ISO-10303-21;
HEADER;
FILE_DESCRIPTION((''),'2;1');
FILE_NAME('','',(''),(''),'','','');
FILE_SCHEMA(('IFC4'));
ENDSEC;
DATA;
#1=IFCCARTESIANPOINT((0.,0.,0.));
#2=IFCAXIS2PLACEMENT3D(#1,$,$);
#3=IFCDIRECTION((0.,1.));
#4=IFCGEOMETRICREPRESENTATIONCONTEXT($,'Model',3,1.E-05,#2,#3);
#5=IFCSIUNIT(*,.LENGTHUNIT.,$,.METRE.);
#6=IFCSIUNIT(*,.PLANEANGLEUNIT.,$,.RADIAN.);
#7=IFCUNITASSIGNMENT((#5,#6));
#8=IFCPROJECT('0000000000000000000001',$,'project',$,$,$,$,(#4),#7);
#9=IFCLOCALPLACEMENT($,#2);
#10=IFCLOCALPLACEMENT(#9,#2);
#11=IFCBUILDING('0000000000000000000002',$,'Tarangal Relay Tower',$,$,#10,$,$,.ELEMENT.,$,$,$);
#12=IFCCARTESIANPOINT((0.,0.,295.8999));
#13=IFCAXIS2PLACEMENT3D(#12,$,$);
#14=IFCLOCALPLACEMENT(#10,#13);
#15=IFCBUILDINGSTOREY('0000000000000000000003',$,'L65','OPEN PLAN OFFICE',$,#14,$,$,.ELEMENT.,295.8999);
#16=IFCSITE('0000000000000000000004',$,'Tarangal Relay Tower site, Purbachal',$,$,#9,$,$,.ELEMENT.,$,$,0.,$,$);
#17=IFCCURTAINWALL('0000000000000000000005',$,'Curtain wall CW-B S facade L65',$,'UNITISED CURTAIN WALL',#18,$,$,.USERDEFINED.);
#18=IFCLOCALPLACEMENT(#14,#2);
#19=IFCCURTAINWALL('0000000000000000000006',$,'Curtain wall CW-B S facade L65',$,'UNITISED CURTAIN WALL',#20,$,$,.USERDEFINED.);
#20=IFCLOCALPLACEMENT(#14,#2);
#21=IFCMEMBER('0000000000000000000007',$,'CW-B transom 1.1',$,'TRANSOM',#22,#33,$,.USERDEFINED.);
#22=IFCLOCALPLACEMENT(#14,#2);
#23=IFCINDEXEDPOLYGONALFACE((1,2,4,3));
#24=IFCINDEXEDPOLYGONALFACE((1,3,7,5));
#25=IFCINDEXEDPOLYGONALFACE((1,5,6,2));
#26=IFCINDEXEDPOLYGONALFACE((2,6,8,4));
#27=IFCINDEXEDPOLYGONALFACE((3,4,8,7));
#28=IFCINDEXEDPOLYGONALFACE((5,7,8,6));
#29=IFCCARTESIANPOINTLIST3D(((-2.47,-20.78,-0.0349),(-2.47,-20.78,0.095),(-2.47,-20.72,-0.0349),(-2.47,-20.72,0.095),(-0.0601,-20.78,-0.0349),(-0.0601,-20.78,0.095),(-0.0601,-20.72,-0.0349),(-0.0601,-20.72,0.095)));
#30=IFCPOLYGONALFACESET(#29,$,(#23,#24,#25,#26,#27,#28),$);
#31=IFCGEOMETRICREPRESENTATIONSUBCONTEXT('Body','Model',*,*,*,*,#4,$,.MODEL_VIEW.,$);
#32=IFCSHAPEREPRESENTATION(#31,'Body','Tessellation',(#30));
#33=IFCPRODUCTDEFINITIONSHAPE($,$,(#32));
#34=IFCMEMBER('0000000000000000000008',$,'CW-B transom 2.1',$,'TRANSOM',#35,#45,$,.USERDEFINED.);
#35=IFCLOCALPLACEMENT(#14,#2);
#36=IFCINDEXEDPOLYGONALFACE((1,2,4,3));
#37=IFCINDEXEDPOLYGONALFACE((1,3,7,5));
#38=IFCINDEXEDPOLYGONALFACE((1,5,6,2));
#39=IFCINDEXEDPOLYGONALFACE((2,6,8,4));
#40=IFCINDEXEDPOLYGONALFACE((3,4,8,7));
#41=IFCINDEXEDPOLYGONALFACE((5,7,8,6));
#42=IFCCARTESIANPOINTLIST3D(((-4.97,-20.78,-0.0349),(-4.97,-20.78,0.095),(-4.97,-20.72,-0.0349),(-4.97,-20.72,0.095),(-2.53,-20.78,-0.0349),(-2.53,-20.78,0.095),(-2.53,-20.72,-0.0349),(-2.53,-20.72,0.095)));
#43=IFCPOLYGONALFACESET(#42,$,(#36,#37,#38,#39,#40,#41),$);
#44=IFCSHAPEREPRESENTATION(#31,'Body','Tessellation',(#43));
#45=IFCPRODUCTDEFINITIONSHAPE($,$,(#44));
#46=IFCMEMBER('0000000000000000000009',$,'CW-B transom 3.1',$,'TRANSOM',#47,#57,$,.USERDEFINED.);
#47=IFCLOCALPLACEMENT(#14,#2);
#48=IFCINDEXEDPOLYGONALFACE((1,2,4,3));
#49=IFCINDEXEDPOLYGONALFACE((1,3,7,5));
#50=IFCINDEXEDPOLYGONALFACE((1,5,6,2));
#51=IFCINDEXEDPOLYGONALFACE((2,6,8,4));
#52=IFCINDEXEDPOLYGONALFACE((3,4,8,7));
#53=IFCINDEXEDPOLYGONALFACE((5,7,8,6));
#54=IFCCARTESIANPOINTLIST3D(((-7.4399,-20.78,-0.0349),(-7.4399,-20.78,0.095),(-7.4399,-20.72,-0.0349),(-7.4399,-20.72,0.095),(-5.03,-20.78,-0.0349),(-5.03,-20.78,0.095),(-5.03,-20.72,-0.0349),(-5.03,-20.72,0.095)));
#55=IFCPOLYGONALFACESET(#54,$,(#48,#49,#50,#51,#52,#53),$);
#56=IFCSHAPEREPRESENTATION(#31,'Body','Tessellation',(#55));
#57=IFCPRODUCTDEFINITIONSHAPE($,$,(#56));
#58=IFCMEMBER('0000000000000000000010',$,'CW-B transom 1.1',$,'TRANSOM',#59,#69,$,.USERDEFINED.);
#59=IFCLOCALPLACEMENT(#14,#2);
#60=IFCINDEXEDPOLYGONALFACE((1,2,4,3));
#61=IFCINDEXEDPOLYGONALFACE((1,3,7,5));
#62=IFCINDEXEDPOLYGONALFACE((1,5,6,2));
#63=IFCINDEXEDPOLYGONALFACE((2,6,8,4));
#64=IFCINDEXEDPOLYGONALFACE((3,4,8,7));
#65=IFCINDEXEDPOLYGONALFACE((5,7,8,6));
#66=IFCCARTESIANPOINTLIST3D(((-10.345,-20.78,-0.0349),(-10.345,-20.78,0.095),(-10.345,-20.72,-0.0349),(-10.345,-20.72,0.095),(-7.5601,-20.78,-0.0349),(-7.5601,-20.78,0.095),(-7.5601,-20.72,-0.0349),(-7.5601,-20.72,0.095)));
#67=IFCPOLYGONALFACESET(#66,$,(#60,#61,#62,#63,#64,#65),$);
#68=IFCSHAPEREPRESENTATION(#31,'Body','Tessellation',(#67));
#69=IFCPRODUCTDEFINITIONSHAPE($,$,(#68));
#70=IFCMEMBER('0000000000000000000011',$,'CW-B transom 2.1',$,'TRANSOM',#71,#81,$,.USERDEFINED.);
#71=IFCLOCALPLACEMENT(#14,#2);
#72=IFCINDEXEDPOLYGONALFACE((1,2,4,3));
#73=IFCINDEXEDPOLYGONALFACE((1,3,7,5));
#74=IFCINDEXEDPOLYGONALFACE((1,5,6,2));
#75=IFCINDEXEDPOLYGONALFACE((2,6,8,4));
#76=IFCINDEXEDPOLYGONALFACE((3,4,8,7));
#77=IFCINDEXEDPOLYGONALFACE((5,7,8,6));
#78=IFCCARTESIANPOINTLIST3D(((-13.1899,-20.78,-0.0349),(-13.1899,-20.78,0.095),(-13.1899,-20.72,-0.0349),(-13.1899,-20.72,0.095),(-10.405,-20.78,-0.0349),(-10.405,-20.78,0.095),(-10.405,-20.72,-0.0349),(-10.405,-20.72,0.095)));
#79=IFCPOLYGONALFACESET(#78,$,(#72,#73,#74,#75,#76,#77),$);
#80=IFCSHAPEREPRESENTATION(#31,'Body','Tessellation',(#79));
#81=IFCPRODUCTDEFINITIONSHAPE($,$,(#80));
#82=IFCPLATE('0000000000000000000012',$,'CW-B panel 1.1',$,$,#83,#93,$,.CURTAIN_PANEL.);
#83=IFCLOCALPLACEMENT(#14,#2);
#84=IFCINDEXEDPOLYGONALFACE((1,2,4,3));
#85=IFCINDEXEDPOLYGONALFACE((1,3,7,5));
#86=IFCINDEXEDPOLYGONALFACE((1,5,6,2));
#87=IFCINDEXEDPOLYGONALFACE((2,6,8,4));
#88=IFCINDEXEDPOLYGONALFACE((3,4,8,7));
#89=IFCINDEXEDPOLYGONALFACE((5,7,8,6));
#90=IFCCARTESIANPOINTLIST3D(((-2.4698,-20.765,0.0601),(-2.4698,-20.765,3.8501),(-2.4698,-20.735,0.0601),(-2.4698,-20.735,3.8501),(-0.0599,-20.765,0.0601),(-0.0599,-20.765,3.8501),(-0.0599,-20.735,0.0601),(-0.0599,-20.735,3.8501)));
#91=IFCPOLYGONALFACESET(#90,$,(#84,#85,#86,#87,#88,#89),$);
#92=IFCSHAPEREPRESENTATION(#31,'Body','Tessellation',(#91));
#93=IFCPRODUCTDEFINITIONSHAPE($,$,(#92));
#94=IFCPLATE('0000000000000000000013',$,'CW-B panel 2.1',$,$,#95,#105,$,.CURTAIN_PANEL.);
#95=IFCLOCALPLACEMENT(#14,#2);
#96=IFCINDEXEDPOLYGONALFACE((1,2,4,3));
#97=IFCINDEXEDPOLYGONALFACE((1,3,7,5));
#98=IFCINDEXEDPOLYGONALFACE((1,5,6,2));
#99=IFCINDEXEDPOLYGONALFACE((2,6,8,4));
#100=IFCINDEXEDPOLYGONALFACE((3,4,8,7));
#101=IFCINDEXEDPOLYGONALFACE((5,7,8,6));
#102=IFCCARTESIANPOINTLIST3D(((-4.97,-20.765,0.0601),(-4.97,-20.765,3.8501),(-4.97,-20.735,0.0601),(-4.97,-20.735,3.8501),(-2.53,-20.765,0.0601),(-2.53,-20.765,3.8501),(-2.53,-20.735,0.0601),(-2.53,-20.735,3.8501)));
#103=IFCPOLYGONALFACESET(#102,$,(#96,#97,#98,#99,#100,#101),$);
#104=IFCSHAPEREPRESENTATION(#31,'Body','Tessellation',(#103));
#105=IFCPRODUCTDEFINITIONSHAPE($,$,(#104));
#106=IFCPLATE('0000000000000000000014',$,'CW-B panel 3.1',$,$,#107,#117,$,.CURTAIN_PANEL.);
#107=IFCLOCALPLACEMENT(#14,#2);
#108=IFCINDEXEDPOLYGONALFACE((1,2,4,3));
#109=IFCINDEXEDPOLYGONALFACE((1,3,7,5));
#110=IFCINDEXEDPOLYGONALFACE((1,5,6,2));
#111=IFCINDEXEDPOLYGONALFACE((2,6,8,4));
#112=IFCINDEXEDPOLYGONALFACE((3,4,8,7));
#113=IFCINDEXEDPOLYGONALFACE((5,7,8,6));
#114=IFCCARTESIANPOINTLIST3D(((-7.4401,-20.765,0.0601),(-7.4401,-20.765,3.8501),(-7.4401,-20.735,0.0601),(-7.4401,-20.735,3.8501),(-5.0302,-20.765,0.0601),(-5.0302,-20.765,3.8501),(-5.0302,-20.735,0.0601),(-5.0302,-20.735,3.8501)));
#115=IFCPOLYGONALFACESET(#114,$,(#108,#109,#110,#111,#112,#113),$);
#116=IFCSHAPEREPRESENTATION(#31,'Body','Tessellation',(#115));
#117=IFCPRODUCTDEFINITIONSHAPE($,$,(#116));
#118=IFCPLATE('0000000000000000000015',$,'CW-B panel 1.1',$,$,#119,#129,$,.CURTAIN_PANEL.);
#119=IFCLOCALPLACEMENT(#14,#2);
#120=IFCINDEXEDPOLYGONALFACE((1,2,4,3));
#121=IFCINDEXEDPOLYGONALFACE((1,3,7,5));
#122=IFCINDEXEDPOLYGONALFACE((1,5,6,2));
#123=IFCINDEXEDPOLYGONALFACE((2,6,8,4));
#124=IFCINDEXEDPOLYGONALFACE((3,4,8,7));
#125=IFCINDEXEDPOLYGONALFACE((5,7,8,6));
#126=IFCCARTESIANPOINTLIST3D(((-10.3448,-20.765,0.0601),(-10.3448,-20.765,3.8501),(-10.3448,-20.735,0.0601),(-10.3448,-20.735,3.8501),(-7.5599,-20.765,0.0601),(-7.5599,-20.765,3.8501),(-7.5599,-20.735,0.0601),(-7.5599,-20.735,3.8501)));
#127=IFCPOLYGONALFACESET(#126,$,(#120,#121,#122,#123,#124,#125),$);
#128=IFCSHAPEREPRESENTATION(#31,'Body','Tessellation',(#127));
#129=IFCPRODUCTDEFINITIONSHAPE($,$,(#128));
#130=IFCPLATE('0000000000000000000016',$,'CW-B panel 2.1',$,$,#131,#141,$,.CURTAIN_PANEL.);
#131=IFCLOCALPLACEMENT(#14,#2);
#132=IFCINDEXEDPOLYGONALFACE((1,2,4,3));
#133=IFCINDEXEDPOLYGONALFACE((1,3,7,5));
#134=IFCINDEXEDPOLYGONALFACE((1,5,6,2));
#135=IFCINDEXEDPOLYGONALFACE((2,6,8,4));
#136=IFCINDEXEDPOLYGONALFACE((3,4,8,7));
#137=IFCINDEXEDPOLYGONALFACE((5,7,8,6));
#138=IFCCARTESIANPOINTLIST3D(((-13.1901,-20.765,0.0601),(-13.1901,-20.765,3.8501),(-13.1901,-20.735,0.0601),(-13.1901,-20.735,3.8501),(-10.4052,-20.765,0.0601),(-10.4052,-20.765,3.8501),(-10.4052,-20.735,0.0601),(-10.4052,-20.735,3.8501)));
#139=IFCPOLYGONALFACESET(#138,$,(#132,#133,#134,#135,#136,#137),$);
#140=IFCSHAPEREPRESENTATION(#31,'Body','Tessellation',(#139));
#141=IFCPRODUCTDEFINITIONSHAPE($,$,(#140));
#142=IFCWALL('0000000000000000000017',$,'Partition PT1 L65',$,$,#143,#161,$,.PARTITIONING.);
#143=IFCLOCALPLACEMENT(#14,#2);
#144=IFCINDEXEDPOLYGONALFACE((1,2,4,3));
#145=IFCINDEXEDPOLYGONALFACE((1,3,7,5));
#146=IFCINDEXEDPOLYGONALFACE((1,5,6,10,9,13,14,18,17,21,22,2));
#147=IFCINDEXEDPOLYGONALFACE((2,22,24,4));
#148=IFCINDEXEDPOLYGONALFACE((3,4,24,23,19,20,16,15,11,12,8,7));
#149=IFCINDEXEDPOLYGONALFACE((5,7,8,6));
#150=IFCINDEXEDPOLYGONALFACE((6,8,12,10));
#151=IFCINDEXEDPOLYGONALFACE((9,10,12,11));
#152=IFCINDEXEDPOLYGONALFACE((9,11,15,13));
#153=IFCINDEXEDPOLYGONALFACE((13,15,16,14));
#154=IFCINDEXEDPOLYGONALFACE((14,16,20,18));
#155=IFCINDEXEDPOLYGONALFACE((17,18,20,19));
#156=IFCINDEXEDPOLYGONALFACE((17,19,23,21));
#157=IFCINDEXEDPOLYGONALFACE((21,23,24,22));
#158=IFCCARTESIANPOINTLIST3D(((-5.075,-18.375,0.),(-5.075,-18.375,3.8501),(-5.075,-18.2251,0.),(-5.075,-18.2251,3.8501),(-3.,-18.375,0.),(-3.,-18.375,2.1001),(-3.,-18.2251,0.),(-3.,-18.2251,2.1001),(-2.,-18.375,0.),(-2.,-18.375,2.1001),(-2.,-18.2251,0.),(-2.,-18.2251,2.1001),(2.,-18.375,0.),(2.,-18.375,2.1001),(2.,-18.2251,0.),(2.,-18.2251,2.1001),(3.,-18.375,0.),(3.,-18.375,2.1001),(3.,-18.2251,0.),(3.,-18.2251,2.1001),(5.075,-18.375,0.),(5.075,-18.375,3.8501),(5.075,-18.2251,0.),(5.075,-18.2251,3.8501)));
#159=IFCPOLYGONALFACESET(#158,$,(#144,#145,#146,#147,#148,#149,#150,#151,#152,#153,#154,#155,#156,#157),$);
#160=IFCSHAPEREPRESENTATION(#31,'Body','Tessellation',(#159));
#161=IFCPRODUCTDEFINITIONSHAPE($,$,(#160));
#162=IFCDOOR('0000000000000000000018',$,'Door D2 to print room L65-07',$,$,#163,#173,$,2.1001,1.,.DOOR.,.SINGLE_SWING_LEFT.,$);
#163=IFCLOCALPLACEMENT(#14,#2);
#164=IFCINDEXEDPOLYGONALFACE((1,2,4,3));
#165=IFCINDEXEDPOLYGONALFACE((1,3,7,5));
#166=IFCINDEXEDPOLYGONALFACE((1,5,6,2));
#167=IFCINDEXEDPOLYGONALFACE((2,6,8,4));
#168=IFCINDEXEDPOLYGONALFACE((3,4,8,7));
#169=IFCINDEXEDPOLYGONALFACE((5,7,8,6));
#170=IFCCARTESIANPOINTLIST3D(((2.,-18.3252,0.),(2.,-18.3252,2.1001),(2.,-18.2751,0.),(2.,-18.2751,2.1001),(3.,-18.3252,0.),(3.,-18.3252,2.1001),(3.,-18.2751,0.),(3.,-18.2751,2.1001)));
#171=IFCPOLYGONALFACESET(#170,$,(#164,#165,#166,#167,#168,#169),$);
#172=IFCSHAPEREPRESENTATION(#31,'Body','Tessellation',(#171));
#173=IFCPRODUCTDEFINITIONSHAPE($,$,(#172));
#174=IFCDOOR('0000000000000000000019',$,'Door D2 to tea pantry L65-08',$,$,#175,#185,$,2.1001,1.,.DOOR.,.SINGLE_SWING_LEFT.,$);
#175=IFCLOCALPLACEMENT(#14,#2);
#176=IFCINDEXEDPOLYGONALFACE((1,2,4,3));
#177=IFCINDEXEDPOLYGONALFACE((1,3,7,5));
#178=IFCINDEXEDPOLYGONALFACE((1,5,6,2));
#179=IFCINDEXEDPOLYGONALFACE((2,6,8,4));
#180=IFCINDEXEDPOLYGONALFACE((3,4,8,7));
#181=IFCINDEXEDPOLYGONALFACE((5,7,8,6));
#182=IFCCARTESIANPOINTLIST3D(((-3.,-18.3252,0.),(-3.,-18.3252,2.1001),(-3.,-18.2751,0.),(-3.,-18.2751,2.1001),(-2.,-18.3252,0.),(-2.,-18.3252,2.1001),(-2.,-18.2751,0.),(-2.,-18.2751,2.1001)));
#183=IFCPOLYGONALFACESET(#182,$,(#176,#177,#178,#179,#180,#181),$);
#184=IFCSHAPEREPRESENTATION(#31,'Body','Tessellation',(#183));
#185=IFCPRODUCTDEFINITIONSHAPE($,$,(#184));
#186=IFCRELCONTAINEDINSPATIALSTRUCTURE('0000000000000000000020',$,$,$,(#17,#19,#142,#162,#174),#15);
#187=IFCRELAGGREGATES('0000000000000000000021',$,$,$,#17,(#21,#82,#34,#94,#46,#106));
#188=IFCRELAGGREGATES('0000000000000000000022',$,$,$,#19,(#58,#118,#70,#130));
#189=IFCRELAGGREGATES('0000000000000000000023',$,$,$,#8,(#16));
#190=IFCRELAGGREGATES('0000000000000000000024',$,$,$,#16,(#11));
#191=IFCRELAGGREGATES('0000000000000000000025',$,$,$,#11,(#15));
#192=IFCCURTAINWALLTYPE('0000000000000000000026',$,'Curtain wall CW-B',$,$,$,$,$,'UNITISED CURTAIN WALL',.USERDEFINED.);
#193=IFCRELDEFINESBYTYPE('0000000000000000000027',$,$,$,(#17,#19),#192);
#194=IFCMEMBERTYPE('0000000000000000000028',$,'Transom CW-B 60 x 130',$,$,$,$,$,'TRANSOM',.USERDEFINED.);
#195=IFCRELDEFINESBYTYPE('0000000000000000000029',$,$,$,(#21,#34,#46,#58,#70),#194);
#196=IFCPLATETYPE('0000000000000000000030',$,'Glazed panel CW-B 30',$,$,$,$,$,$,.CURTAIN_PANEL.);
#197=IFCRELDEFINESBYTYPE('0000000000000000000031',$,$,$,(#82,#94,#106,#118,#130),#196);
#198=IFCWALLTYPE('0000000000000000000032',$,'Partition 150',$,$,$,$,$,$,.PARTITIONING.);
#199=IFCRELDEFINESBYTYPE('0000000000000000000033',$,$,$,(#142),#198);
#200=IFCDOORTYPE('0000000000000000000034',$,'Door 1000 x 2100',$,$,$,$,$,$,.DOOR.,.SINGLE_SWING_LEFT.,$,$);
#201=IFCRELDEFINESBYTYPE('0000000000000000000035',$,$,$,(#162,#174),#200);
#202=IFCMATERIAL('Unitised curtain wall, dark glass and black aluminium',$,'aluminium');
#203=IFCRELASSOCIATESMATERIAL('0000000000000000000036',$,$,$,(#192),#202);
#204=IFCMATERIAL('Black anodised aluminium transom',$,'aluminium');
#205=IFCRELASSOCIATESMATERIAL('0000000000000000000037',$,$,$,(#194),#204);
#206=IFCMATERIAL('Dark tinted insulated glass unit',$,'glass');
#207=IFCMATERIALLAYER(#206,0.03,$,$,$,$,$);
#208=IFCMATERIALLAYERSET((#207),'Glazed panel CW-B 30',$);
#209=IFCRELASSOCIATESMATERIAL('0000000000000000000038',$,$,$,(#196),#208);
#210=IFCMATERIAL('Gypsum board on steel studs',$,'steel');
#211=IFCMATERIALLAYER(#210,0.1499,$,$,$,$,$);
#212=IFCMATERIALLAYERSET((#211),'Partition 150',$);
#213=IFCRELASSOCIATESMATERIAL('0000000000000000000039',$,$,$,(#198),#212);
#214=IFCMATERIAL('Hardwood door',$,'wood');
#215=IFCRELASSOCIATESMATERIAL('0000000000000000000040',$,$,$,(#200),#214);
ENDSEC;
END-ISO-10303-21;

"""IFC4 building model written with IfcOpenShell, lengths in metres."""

from ifc_helpers import new_model, si_unit, direction, frame, frame_2d, origin, origin_2d, place, context, subcontext, project, spatial, rectangle, extrude, material, layer, layer_set, material_profile, profile_set, type_object, element, fill, aggregate, save


model = new_model("IFC4")

# Units and contexts
model_context = context("Model", 3, precision=1e-05, world=origin(), true_north=direction((0.0, 1.0)))
body_context = subcontext(model_context, "Body", "Model", "MODEL_VIEW")
ifc_project = project(units=[si_unit("LENGTHUNIT", "METRE"), si_unit("PLANEANGLEUNIT", "RADIAN")], contexts=[model_context])

# Site, building, storey
site_placement = place(None, origin())
site = spatial("IfcSite", under=ifc_project, at=site_placement, Name="Tarangal Relay Tower site, Purbachal", CompositionType="ELEMENT", RefElevation=0.0)
building_placement = place(site_placement, origin())
building = spatial("IfcBuilding", under=site, at=building_placement, Name="Tarangal Relay Tower", CompositionType="ELEMENT")
storey_placement = place(building_placement, frame((0.0, 0.0, 295.8999)))
storey = spatial("IfcBuildingStorey", under=building, at=storey_placement, Name="L65", Description="OPEN PLAN OFFICE", CompositionType="ELEMENT", Elevation=295.8999)

# Curtain walls
ifc_material_1 = material(Name="Unitised curtain wall, dark glass and black aluminium", Category="aluminium")
curtain_wall_type = type_object("IfcCurtainWallType", Name="Curtain wall CW-B", ElementType="UNITISED CURTAIN WALL", PredefinedType="USERDEFINED", material=ifc_material_1)
curtain_wall_1_placement = place(storey_placement, origin())
curtain_wall_1 = element("IfcCurtainWall", 1, at=curtain_wall_1_placement, inside=storey, type_object=curtain_wall_type, Name="Curtain wall CW-B S facade L65", ObjectType="UNITISED CURTAIN WALL", PredefinedType="USERDEFINED")
curtain_wall_2_placement = place(storey_placement, origin())
curtain_wall_2 = element("IfcCurtainWall", 2, at=curtain_wall_2_placement, inside=storey, type_object=curtain_wall_type, Name="Curtain wall CW-B S facade L65", ObjectType="UNITISED CURTAIN WALL", PredefinedType="USERDEFINED")

# Members
ifc_material_2 = material(Name="Black anodised aluminium transom", Category="aluminium")
ifc_material_profile_1 = material_profile(ifc_material_2, rectangle(XDim=0.0601, YDim=0.1299, at=origin_2d()), Name="CW-BT 60X130")
ifc_profile_set_1 = profile_set([ifc_material_profile_1], Name="Black anodised aluminium transom")
member_type_1 = type_object("IfcMemberType", Name="Transom CW-B 60 x 130", ElementType="TRANSOM", PredefinedType="USERDEFINED", material=ifc_profile_set_1)
member_1_placement = place(storey_placement, frame((-0.0601, -20.75, 0.03), z_axis=(-1.0, 0.0, 0.0), x_axis=(0.0, -1.0, 0.0)))
member_1 = element("IfcMember", 3, at=member_1_placement, type_object=member_type_1, Name="CW-B transom 1.1", ObjectType="TRANSOM", PredefinedType="USERDEFINED", context=body_context, shape_type="SweptSolid", body=[
    extrude(rectangle(XDim=0.0601, YDim=0.1299, at=origin_2d()), origin(), (0.0, 0.0, 1.0), 2.4099),
])
member_2_placement = place(storey_placement, frame((-2.53, -20.75, 0.03), z_axis=(-1.0, 0.0, 0.0), x_axis=(0.0, -1.0, 0.0)))
member_2 = element("IfcMember", 4, at=member_2_placement, type_object=member_type_1, Name="CW-B transom 2.1", ObjectType="TRANSOM", PredefinedType="USERDEFINED", context=body_context, shape_type="SweptSolid", body=[
    extrude(rectangle(XDim=0.0601, YDim=0.1299, at=origin_2d()), origin(), (0.0, 0.0, 1.0), 2.4399),
])
member_3_placement = place(storey_placement, frame((-5.03, -20.75, 0.03), z_axis=(-1.0, 0.0, 0.0), x_axis=(0.0, -1.0, 0.0)))
member_3 = element("IfcMember", 5, at=member_3_placement, type_object=member_type_1, Name="CW-B transom 3.1", ObjectType="TRANSOM", PredefinedType="USERDEFINED", context=body_context, shape_type="SweptSolid", body=[
    extrude(rectangle(XDim=0.0601, YDim=0.1299, at=origin_2d()), origin(), (0.0, 0.0, 1.0), 2.4099),
])
member_4_placement = place(storey_placement, frame((-7.5601, -20.75, 0.03), z_axis=(-1.0, 0.0, 0.0), x_axis=(0.0, -1.0, 0.0)))
member_4 = element("IfcMember", 6, at=member_4_placement, type_object=member_type_1, Name="CW-B transom 1.1", ObjectType="TRANSOM", PredefinedType="USERDEFINED", context=body_context, shape_type="SweptSolid", body=[
    extrude(rectangle(XDim=0.0601, YDim=0.1299, at=origin_2d()), origin(), (0.0, 0.0, 1.0), 2.7849),
])
member_5_placement = place(storey_placement, frame((-10.405, -20.75, 0.03), z_axis=(-1.0, 0.0, 0.0), x_axis=(0.0, -1.0, 0.0)))
member_5 = element("IfcMember", 7, at=member_5_placement, type_object=member_type_1, Name="CW-B transom 2.1", ObjectType="TRANSOM", PredefinedType="USERDEFINED", context=body_context, shape_type="SweptSolid", body=[
    extrude(rectangle(XDim=0.0601, YDim=0.1299, at=origin_2d()), origin(), (0.0, 0.0, 1.0), 2.7849),
])

# Plates
ifc_material_3 = material(Name="Dark tinted insulated glass unit", Category="glass")
ifc_layer_1 = layer(ifc_material_3, 0.03)
ifc_layer_set_1 = layer_set([ifc_layer_1], Name="Glazed panel CW-B 30")
plate_type = type_object("IfcPlateType", Name="Glazed panel CW-B 30", PredefinedType="CURTAIN_PANEL", material=ifc_layer_set_1)
plate_1_placement = place(storey_placement, frame((-1.2649, -20.75, 0.0601), z_axis=(0.0, 0.0, 1.0), x_axis=(-1.0, 0.0, 0.0)))
plate_1 = element("IfcPlate", 8, at=plate_1_placement, type_object=plate_type, Name="CW-B panel 1.1", PredefinedType="CURTAIN_PANEL", context=body_context, shape_type="SweptSolid", body=[
    extrude(rectangle(XDim=2.4099, YDim=0.03, at=origin_2d()), origin(), (0.0, 0.0, 1.0), 3.79),
])
plate_2_placement = place(storey_placement, frame((-3.75, -20.75, 0.0601), z_axis=(0.0, 0.0, 1.0), x_axis=(-1.0, 0.0, 0.0)))
plate_2 = element("IfcPlate", 9, at=plate_2_placement, type_object=plate_type, Name="CW-B panel 2.1", PredefinedType="CURTAIN_PANEL", context=body_context, shape_type="SweptSolid", body=[
    extrude(rectangle(XDim=2.4399, YDim=0.03, at=origin_2d()), origin(), (0.0, 0.0, 1.0), 3.79),
])
plate_3_placement = place(storey_placement, frame((-6.2351, -20.75, 0.0601), z_axis=(0.0, 0.0, 1.0), x_axis=(-1.0, 0.0, 0.0)))
plate_3 = element("IfcPlate", 10, at=plate_3_placement, type_object=plate_type, Name="CW-B panel 3.1", PredefinedType="CURTAIN_PANEL", context=body_context, shape_type="SweptSolid", body=[
    extrude(rectangle(XDim=2.4099, YDim=0.03, at=origin_2d()), origin(), (0.0, 0.0, 1.0), 3.79),
])
aggregate(curtain_wall_1, [member_1, plate_1, member_2, plate_2, member_3, plate_3])
plate_4_placement = place(storey_placement, frame((-8.9524, -20.75, 0.0601), z_axis=(0.0, 0.0, 1.0), x_axis=(-1.0, 0.0, 0.0)))
plate_4 = element("IfcPlate", 11, at=plate_4_placement, type_object=plate_type, Name="CW-B panel 1.1", PredefinedType="CURTAIN_PANEL", context=body_context, shape_type="SweptSolid", body=[
    extrude(rectangle(XDim=2.7849, YDim=0.03, at=origin_2d()), origin(), (0.0, 0.0, 1.0), 3.79),
])
plate_5_placement = place(storey_placement, frame((-11.7976, -20.75, 0.0601), z_axis=(0.0, 0.0, 1.0), x_axis=(-1.0, 0.0, 0.0)))
plate_5 = element("IfcPlate", 12, at=plate_5_placement, type_object=plate_type, Name="CW-B panel 2.1", PredefinedType="CURTAIN_PANEL", context=body_context, shape_type="SweptSolid", body=[
    extrude(rectangle(XDim=2.7849, YDim=0.03, at=origin_2d()), origin(), (0.0, 0.0, 1.0), 3.79),
])
aggregate(curtain_wall_2, [member_4, plate_4, member_5, plate_5])

# Wall, openings, doors
ifc_material_4 = material(Name="Gypsum board on steel studs", Category="steel")
ifc_layer_2 = layer(ifc_material_4, 0.1499)
ifc_layer_set_2 = layer_set([ifc_layer_2], Name="Partition 150")
wall_type = type_object("IfcWallType", Name="Partition 150", PredefinedType="PARTITIONING", material=ifc_layer_set_2)
wall_1_placement = place(storey_placement, frame((-5.075, -18.3, 0.0), z_axis=(0.0, 0.0, 1.0), x_axis=(1.0, 0.0, 0.0)))
wall_1 = element("IfcWall", 13, at=wall_1_placement, inside=storey, type_object=wall_type, Name="Partition PT1 L65", PredefinedType="PARTITIONING", context=body_context, shape_type="SweptSolid", body=[
    extrude(rectangle(XDim=10.1499, YDim=0.1499, at=frame_2d((5.075, 0.0))), origin(), (0.0, 0.0, 1.0), 3.8501),
])
opening_1_placement = place(wall_1_placement, frame((7.075, 0.0, 0.0)))
opening_1 = element("IfcOpeningElement", 14, at=opening_1_placement, cuts=wall_1, PredefinedType="OPENING", context=body_context, shape_type="SweptSolid", body=[
    extrude(rectangle(XDim=1.0, YDim=2.1001, at=frame_2d((0.5, 1.05))), frame((0.0, 0.085, 0.0), z_axis=(0.0, -1.0, 0.0), x_axis=(1.0, 0.0, 0.0)), (0.0, 0.0, 1.0), 0.1699),
])
opening_2_placement = place(wall_1_placement, frame((2.075, 0.0, 0.0)))
opening_2 = element("IfcOpeningElement", 15, at=opening_2_placement, cuts=wall_1, PredefinedType="OPENING", context=body_context, shape_type="SweptSolid", body=[
    extrude(rectangle(XDim=1.0, YDim=2.1001, at=frame_2d((0.5, 1.05))), frame((0.0, 0.085, 0.0), z_axis=(0.0, -1.0, 0.0), x_axis=(1.0, 0.0, 0.0)), (0.0, 0.0, 1.0), 0.1699),
])
ifc_material_5 = material(Name="Hardwood door", Category="wood")
door_type = type_object("IfcDoorType", Name="Door 1000 x 2100", OperationType="SINGLE_SWING_LEFT", PredefinedType="DOOR", material=ifc_material_5)
door_1_placement = place(opening_1_placement, origin())
door_1 = element("IfcDoor", 16, at=door_1_placement, inside=storey, type_object=door_type, Name="Door D2 to print room L65-07", OperationType="SINGLE_SWING_LEFT", OverallHeight=2.1001, OverallWidth=1.0, PredefinedType="DOOR", context=body_context, shape_type="SweptSolid", body=[
    extrude(rectangle(XDim=1.0, YDim=2.1001, at=frame_2d((0.5, 1.05))), frame((0.0, 0.0249, 0.0), z_axis=(0.0, -1.0, 0.0), x_axis=(1.0, 0.0, 0.0)), (0.0, 0.0, 1.0), 0.05),
])
fill(opening_1, door_1)
door_2_placement = place(opening_2_placement, origin())
door_2 = element("IfcDoor", 17, at=door_2_placement, inside=storey, type_object=door_type, Name="Door D2 to tea pantry L65-08", OperationType="SINGLE_SWING_LEFT", OverallHeight=2.1001, OverallWidth=1.0, PredefinedType="DOOR", context=body_context, shape_type="SweptSolid", body=[
    extrude(rectangle(XDim=1.0, YDim=2.1001, at=frame_2d((0.5, 1.05))), frame((0.0, 0.0249, 0.0), z_axis=(0.0, -1.0, 0.0), x_axis=(1.0, 0.0, 0.0)), (0.0, 0.0, 1.0), 0.05),
])
fill(opening_2, door_2)

save(model, "model.ifc")
